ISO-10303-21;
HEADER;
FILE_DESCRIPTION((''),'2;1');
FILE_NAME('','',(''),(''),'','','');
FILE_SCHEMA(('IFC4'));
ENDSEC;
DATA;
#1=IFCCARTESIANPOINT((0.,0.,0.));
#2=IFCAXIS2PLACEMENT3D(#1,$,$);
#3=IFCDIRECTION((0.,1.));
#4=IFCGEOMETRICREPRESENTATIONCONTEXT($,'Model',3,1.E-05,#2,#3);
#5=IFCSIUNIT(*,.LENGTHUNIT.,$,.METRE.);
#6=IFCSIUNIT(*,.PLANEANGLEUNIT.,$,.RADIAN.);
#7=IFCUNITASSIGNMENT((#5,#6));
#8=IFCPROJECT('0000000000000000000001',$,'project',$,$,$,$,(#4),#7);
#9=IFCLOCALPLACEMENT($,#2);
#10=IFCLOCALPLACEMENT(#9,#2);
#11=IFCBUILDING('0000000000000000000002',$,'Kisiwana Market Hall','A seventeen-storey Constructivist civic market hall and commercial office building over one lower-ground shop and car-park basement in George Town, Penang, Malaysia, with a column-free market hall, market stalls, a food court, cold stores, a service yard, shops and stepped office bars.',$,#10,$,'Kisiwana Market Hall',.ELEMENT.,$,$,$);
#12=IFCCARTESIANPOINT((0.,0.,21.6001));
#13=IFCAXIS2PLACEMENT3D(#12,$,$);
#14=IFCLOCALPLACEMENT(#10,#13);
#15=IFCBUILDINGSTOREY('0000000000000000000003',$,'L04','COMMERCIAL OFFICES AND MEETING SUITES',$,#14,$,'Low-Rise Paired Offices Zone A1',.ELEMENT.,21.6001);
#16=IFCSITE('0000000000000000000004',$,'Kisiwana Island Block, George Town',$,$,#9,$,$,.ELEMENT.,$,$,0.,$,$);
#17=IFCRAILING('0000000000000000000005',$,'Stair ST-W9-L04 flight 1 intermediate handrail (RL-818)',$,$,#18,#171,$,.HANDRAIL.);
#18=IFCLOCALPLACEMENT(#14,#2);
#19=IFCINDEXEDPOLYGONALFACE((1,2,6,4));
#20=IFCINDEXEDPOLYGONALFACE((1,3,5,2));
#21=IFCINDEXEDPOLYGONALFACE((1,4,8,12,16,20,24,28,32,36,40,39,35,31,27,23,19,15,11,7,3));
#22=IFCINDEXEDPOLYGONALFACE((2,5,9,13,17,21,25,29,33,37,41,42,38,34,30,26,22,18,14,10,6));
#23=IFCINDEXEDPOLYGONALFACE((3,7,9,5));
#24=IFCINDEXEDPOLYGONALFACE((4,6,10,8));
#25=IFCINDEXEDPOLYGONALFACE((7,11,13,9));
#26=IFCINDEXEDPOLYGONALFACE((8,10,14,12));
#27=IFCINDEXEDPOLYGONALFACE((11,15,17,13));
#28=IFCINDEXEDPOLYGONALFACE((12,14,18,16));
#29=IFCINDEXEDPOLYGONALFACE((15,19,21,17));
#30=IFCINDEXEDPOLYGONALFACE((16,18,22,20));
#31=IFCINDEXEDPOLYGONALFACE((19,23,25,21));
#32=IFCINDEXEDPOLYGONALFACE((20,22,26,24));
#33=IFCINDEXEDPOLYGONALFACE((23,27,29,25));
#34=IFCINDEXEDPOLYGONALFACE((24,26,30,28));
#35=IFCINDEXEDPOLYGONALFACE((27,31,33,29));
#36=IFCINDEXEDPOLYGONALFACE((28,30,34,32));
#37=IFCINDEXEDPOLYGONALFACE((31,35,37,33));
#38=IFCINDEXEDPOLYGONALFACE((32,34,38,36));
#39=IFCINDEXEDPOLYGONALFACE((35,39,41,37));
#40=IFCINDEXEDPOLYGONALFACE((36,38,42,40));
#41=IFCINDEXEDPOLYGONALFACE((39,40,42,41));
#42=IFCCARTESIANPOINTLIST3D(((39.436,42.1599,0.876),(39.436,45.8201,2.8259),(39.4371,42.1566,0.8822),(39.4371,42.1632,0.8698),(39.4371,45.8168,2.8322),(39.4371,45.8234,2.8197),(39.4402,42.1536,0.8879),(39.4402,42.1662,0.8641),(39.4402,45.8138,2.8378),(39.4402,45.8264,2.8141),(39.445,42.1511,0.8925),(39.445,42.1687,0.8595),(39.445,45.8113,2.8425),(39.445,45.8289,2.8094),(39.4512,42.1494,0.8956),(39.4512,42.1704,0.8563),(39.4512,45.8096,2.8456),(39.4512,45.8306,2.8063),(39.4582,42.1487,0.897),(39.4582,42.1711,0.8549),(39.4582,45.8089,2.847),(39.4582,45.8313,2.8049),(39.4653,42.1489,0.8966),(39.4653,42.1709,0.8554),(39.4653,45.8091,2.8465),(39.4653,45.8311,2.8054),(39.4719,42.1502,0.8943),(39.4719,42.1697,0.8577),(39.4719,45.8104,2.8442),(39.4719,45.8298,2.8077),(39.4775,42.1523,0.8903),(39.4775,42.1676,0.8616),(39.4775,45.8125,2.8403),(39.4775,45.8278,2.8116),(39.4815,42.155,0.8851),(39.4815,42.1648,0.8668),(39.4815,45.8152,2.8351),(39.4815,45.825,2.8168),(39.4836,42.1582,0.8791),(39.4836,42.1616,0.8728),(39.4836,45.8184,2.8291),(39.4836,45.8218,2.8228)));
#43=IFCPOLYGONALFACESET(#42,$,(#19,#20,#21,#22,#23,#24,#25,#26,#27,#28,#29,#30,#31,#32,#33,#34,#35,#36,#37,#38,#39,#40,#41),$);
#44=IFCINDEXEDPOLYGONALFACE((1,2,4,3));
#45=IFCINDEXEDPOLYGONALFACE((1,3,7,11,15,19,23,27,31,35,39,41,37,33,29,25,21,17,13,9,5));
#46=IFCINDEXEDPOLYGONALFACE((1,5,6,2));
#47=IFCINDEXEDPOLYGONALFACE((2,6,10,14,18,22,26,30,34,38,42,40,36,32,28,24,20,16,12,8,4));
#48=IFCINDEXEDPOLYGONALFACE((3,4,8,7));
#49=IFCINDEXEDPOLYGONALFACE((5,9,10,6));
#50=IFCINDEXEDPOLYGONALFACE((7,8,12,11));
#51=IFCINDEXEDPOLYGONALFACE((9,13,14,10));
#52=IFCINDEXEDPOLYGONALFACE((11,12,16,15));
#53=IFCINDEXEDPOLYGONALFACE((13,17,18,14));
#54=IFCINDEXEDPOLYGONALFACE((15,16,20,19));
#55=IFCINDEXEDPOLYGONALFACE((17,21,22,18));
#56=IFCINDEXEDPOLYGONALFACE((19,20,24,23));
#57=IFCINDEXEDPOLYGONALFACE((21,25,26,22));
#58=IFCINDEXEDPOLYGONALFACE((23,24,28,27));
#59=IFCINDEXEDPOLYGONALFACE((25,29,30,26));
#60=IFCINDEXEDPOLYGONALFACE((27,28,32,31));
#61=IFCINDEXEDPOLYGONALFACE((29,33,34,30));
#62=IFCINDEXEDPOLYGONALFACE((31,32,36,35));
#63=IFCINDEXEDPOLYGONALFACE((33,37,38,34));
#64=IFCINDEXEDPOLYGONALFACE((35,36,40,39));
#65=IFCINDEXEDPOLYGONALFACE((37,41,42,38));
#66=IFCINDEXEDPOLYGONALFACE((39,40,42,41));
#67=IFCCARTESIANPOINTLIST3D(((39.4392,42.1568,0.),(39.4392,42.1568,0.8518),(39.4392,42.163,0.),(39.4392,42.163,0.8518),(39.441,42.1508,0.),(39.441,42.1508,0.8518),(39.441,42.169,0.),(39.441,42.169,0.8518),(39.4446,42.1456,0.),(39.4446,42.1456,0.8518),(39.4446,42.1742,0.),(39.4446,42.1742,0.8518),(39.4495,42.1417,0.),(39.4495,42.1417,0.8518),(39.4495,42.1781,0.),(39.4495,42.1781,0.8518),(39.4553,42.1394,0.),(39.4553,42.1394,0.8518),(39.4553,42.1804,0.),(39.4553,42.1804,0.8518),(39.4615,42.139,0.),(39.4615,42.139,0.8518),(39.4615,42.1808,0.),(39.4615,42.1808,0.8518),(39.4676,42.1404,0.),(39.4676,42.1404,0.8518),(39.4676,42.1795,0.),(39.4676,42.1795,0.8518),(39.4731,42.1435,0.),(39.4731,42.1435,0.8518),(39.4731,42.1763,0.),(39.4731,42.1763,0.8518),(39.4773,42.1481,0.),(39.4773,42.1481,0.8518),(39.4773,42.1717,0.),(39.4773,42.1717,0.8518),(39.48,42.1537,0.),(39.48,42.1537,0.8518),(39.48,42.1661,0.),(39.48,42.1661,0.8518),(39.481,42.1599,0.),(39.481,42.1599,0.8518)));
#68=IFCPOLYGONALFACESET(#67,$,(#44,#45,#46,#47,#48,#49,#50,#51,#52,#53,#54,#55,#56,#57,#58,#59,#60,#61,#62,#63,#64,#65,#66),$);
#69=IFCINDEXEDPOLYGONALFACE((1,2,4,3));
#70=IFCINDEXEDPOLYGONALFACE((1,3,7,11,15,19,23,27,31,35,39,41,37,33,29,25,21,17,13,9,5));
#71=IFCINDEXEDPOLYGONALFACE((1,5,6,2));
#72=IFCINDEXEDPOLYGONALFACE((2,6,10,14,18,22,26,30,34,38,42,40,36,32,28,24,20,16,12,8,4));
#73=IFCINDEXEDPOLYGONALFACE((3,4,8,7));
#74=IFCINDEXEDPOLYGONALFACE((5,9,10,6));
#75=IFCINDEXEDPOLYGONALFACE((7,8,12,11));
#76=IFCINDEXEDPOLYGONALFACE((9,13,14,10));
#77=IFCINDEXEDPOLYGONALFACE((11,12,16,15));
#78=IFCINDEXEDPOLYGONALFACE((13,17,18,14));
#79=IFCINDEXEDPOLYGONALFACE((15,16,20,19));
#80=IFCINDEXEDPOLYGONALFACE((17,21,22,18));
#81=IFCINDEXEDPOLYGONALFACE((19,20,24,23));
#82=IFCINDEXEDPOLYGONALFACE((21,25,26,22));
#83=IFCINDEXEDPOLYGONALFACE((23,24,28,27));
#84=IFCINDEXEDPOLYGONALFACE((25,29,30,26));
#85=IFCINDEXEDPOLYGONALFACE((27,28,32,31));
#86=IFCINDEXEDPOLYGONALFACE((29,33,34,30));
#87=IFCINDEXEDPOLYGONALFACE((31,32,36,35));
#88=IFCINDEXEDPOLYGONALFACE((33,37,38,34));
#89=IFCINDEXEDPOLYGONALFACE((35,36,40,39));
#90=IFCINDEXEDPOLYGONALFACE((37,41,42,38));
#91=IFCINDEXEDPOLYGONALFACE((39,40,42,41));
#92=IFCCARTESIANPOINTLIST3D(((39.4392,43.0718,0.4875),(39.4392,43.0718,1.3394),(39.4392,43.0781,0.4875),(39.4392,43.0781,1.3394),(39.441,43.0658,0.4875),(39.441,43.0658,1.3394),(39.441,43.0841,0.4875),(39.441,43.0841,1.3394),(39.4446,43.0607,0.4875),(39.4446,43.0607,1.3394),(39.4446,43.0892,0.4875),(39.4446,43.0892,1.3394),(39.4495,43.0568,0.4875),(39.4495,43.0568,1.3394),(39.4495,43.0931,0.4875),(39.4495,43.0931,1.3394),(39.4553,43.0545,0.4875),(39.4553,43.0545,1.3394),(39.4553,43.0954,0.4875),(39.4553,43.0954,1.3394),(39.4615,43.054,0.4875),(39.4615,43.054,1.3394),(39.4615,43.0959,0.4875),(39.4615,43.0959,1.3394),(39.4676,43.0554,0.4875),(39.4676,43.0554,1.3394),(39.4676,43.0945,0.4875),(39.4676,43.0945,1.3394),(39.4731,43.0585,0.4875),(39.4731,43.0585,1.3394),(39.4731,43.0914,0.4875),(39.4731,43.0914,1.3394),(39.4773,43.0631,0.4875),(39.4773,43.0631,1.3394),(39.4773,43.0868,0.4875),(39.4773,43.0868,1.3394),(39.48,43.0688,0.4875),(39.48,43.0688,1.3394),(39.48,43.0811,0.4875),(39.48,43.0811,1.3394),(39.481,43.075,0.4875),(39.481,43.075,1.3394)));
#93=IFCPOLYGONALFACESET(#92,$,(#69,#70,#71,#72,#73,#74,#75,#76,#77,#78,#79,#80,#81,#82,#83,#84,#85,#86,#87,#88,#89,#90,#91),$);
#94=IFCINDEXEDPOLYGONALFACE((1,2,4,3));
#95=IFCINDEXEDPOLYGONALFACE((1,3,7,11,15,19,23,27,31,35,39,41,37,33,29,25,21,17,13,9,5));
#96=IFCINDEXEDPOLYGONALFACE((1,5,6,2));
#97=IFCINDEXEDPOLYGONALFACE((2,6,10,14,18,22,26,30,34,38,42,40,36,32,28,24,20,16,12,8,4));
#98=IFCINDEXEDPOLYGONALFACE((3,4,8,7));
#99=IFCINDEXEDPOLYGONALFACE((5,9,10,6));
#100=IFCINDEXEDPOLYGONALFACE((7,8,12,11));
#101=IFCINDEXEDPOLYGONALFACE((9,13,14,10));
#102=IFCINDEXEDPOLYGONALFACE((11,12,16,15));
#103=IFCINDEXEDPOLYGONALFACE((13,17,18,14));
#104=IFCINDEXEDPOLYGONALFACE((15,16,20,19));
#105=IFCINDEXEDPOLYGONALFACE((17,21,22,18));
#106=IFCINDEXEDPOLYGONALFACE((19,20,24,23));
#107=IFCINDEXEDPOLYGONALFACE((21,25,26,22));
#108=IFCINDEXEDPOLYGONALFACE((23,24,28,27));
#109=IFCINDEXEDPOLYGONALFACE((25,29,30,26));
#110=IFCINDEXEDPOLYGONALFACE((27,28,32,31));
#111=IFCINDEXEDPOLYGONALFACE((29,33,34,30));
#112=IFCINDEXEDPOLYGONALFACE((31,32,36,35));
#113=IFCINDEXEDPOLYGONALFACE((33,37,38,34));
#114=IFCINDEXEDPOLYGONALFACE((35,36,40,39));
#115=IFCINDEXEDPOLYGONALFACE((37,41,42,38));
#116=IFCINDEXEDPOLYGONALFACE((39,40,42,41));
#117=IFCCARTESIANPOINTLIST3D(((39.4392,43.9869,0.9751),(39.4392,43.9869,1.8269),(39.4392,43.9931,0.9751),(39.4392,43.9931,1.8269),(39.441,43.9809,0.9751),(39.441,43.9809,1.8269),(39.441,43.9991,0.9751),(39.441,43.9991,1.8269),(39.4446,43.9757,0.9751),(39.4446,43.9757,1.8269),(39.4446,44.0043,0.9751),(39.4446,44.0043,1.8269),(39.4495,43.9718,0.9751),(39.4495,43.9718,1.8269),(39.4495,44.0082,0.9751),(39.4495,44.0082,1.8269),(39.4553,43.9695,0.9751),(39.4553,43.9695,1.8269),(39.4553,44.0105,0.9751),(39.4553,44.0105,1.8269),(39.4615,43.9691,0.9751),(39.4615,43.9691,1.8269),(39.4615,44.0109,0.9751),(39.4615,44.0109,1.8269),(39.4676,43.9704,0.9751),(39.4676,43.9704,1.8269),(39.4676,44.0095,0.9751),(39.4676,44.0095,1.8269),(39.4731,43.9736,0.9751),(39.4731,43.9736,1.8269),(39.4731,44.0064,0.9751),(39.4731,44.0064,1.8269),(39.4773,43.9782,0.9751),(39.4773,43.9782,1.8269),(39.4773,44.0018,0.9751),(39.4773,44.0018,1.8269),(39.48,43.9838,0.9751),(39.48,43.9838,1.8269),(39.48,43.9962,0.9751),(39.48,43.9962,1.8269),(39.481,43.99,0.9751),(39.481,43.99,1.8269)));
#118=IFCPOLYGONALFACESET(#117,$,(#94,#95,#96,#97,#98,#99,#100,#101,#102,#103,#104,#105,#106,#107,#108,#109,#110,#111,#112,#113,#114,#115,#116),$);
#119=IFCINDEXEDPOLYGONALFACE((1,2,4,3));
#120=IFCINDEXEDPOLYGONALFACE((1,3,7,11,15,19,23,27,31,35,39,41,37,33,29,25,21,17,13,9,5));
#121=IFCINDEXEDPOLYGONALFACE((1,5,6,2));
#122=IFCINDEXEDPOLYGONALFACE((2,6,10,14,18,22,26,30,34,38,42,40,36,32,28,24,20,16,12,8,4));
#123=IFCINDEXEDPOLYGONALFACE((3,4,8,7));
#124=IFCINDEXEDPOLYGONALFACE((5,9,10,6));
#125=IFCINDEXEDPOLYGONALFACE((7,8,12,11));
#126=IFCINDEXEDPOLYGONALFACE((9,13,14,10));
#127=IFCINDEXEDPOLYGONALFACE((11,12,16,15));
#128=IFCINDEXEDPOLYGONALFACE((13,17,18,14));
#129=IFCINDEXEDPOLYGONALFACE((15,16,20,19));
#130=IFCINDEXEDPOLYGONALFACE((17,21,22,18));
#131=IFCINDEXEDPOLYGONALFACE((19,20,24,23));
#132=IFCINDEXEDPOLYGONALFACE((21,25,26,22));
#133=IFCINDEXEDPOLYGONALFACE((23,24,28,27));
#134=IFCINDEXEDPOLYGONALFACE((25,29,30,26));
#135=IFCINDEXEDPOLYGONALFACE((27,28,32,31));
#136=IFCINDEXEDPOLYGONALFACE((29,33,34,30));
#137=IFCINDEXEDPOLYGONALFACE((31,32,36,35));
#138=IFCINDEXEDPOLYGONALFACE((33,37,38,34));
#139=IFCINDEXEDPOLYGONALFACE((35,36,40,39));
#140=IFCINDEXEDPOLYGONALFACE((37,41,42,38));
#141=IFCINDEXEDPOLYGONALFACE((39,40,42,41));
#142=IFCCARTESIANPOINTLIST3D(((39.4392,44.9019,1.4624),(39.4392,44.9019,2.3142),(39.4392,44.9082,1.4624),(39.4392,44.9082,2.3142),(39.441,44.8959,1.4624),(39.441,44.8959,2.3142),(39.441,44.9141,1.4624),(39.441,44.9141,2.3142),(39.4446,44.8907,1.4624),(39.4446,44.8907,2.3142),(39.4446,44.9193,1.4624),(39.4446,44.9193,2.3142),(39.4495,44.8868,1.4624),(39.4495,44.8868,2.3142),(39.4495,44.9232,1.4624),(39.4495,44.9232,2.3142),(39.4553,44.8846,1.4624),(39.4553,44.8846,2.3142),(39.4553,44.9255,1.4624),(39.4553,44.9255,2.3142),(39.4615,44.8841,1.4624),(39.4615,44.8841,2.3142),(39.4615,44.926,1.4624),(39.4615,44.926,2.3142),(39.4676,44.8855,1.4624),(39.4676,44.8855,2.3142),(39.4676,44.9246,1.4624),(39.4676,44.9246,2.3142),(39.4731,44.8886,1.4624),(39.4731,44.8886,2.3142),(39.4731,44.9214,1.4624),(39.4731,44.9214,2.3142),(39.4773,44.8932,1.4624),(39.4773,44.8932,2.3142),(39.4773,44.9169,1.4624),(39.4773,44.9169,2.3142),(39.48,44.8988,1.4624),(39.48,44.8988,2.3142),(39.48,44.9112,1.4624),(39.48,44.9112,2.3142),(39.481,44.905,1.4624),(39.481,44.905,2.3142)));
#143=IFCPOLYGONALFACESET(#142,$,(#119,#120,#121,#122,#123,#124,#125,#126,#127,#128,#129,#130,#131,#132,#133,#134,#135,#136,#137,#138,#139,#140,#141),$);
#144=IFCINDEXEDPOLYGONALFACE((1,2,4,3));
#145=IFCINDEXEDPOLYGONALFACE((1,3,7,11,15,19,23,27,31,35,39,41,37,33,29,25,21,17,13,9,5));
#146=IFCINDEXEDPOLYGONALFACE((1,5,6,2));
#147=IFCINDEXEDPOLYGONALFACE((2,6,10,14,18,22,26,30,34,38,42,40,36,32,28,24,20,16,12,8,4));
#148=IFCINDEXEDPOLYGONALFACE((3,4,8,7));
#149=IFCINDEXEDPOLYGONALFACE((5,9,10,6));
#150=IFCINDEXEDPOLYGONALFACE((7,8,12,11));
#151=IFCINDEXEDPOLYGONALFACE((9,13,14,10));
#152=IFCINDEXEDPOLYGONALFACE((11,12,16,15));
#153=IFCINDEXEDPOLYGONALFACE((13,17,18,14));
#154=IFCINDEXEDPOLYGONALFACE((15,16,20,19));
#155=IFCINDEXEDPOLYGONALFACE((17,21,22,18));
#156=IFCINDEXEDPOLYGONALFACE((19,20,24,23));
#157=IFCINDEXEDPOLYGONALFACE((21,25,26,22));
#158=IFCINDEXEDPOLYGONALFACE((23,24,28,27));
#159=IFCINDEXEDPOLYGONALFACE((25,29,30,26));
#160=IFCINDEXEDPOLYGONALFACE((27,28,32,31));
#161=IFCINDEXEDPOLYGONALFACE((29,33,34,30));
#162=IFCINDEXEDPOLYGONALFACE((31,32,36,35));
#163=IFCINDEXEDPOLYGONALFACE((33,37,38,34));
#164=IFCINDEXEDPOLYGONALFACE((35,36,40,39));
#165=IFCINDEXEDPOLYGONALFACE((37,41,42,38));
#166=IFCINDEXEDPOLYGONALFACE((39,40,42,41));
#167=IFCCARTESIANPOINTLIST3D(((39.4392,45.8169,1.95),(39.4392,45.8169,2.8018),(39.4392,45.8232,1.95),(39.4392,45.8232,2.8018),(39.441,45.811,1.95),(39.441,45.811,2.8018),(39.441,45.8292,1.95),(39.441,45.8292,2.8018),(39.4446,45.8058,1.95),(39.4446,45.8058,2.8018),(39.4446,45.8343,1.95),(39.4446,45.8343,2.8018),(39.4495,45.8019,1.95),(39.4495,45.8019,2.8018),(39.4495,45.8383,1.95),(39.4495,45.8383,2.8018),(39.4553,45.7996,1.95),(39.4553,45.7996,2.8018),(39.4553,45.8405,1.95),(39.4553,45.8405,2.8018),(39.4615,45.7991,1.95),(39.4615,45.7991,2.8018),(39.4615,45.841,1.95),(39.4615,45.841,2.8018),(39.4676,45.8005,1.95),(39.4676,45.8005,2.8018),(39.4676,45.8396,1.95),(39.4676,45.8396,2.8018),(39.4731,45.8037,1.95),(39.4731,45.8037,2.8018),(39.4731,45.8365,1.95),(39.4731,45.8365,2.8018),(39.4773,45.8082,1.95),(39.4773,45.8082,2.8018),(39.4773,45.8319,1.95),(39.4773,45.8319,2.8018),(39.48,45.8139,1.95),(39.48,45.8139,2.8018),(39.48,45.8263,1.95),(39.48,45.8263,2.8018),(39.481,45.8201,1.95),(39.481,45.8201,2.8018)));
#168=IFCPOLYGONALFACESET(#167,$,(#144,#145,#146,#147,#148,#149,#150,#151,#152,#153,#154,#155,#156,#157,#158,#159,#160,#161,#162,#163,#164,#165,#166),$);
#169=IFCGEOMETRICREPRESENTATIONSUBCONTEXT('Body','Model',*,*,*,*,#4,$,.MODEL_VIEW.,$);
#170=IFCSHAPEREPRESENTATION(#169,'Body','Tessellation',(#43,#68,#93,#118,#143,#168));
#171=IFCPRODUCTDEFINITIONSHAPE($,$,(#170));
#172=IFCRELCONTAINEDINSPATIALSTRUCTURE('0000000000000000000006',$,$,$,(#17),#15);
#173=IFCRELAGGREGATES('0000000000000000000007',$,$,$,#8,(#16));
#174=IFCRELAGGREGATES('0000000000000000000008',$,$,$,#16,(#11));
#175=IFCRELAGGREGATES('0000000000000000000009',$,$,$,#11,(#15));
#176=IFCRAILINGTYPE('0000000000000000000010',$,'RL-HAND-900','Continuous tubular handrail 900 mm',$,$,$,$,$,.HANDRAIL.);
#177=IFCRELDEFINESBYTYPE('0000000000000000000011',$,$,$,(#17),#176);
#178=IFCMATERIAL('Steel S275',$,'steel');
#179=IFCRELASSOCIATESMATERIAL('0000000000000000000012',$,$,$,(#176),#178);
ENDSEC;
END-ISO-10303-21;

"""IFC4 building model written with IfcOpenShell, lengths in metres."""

from ifc_helpers import new_model, si_unit, direction, frame, origin, origin_2d, place, context, subcontext, project, spatial, circle, extrude, material, type_object, element, save


model = new_model("IFC4")

# Units and contexts
model_context = context("Model", 3, precision=1e-05, world=origin(), true_north=direction((0.0, 1.0)))
body_context = subcontext(model_context, "Body", "Model", "MODEL_VIEW")
ifc_project = project(units=[si_unit("LENGTHUNIT", "METRE"), si_unit("PLANEANGLEUNIT", "RADIAN")], contexts=[model_context])

# Site, building, storey
site_placement = place(None, origin())
site = spatial("IfcSite", under=ifc_project, at=site_placement, Name="Kisiwana Island Block, George Town", CompositionType="ELEMENT", RefElevation=0.0)
building_placement = place(site_placement, origin())
building = spatial("IfcBuilding", under=site, at=building_placement, Name="Kisiwana Market Hall", Description="A seventeen-storey Constructivist civic market hall and commercial office building over one lower-ground shop and car-park basement in George Town, Penang, Malaysia, with a column-free market hall, market stalls, a food court, cold stores, a service yard, shops and stepped office bars.", LongName="Kisiwana Market Hall", CompositionType="ELEMENT")
storey_placement = place(building_placement, frame((0.0, 0.0, 21.6001)))
storey = spatial("IfcBuildingStorey", under=building, at=storey_placement, Name="L04", Description="COMMERCIAL OFFICES AND MEETING SUITES", LongName="Low-Rise Paired Offices Zone A1", CompositionType="ELEMENT", Elevation=21.6001)

# Railing
ifc_material_1 = material(Name="Steel S275", Category="steel")
railing_type_1 = type_object("IfcRailingType", Name="RL-HAND-900", Description="Continuous tubular handrail 900 mm", PredefinedType="HANDRAIL", material=ifc_material_1)
for number, where, name in (
    (1, (39.46, 42.1599, 0.0), "Stair ST-W9-L04 flight 1 intermediate handrail (RL-818)"),
):
    element("IfcRailing", number, at=place(storey_placement, frame(where)), inside=storey, type_object=railing_type_1, Name=name, PredefinedType="HANDRAIL", context=body_context, shape_type="SweptSolid", body=[
        extrude(circle(Radius=0.0239, at=origin_2d()), frame((0.0, 0.0, 0.876), z_axis=(0.0, 0.882566, 0.470188), x_axis=(-1.0, 0.0, 0.0)), (0.0, 0.0, 1.0), 4.1472),
        extrude(circle(Radius=0.021, at=origin_2d()), origin(), (0.0, 0.0, 1.0), 0.8518),
        extrude(circle(Radius=0.021, at=origin_2d()), frame((0.0, 0.915, 0.4875)), (0.0, 0.0, 1.0), 0.8518),
        extrude(circle(Radius=0.021, at=origin_2d()), frame((0.0, 1.8301, 0.9751)), (0.0, 0.0, 1.0), 0.8518),
        extrude(circle(Radius=0.021, at=origin_2d()), frame((0.0, 2.7451, 1.4624)), (0.0, 0.0, 1.0), 0.8518),
        extrude(circle(Radius=0.021, at=origin_2d()), frame((0.0, 3.6602, 1.95)), (0.0, 0.0, 1.0), 0.8518),
    ])

save(model, "model.ifc")
